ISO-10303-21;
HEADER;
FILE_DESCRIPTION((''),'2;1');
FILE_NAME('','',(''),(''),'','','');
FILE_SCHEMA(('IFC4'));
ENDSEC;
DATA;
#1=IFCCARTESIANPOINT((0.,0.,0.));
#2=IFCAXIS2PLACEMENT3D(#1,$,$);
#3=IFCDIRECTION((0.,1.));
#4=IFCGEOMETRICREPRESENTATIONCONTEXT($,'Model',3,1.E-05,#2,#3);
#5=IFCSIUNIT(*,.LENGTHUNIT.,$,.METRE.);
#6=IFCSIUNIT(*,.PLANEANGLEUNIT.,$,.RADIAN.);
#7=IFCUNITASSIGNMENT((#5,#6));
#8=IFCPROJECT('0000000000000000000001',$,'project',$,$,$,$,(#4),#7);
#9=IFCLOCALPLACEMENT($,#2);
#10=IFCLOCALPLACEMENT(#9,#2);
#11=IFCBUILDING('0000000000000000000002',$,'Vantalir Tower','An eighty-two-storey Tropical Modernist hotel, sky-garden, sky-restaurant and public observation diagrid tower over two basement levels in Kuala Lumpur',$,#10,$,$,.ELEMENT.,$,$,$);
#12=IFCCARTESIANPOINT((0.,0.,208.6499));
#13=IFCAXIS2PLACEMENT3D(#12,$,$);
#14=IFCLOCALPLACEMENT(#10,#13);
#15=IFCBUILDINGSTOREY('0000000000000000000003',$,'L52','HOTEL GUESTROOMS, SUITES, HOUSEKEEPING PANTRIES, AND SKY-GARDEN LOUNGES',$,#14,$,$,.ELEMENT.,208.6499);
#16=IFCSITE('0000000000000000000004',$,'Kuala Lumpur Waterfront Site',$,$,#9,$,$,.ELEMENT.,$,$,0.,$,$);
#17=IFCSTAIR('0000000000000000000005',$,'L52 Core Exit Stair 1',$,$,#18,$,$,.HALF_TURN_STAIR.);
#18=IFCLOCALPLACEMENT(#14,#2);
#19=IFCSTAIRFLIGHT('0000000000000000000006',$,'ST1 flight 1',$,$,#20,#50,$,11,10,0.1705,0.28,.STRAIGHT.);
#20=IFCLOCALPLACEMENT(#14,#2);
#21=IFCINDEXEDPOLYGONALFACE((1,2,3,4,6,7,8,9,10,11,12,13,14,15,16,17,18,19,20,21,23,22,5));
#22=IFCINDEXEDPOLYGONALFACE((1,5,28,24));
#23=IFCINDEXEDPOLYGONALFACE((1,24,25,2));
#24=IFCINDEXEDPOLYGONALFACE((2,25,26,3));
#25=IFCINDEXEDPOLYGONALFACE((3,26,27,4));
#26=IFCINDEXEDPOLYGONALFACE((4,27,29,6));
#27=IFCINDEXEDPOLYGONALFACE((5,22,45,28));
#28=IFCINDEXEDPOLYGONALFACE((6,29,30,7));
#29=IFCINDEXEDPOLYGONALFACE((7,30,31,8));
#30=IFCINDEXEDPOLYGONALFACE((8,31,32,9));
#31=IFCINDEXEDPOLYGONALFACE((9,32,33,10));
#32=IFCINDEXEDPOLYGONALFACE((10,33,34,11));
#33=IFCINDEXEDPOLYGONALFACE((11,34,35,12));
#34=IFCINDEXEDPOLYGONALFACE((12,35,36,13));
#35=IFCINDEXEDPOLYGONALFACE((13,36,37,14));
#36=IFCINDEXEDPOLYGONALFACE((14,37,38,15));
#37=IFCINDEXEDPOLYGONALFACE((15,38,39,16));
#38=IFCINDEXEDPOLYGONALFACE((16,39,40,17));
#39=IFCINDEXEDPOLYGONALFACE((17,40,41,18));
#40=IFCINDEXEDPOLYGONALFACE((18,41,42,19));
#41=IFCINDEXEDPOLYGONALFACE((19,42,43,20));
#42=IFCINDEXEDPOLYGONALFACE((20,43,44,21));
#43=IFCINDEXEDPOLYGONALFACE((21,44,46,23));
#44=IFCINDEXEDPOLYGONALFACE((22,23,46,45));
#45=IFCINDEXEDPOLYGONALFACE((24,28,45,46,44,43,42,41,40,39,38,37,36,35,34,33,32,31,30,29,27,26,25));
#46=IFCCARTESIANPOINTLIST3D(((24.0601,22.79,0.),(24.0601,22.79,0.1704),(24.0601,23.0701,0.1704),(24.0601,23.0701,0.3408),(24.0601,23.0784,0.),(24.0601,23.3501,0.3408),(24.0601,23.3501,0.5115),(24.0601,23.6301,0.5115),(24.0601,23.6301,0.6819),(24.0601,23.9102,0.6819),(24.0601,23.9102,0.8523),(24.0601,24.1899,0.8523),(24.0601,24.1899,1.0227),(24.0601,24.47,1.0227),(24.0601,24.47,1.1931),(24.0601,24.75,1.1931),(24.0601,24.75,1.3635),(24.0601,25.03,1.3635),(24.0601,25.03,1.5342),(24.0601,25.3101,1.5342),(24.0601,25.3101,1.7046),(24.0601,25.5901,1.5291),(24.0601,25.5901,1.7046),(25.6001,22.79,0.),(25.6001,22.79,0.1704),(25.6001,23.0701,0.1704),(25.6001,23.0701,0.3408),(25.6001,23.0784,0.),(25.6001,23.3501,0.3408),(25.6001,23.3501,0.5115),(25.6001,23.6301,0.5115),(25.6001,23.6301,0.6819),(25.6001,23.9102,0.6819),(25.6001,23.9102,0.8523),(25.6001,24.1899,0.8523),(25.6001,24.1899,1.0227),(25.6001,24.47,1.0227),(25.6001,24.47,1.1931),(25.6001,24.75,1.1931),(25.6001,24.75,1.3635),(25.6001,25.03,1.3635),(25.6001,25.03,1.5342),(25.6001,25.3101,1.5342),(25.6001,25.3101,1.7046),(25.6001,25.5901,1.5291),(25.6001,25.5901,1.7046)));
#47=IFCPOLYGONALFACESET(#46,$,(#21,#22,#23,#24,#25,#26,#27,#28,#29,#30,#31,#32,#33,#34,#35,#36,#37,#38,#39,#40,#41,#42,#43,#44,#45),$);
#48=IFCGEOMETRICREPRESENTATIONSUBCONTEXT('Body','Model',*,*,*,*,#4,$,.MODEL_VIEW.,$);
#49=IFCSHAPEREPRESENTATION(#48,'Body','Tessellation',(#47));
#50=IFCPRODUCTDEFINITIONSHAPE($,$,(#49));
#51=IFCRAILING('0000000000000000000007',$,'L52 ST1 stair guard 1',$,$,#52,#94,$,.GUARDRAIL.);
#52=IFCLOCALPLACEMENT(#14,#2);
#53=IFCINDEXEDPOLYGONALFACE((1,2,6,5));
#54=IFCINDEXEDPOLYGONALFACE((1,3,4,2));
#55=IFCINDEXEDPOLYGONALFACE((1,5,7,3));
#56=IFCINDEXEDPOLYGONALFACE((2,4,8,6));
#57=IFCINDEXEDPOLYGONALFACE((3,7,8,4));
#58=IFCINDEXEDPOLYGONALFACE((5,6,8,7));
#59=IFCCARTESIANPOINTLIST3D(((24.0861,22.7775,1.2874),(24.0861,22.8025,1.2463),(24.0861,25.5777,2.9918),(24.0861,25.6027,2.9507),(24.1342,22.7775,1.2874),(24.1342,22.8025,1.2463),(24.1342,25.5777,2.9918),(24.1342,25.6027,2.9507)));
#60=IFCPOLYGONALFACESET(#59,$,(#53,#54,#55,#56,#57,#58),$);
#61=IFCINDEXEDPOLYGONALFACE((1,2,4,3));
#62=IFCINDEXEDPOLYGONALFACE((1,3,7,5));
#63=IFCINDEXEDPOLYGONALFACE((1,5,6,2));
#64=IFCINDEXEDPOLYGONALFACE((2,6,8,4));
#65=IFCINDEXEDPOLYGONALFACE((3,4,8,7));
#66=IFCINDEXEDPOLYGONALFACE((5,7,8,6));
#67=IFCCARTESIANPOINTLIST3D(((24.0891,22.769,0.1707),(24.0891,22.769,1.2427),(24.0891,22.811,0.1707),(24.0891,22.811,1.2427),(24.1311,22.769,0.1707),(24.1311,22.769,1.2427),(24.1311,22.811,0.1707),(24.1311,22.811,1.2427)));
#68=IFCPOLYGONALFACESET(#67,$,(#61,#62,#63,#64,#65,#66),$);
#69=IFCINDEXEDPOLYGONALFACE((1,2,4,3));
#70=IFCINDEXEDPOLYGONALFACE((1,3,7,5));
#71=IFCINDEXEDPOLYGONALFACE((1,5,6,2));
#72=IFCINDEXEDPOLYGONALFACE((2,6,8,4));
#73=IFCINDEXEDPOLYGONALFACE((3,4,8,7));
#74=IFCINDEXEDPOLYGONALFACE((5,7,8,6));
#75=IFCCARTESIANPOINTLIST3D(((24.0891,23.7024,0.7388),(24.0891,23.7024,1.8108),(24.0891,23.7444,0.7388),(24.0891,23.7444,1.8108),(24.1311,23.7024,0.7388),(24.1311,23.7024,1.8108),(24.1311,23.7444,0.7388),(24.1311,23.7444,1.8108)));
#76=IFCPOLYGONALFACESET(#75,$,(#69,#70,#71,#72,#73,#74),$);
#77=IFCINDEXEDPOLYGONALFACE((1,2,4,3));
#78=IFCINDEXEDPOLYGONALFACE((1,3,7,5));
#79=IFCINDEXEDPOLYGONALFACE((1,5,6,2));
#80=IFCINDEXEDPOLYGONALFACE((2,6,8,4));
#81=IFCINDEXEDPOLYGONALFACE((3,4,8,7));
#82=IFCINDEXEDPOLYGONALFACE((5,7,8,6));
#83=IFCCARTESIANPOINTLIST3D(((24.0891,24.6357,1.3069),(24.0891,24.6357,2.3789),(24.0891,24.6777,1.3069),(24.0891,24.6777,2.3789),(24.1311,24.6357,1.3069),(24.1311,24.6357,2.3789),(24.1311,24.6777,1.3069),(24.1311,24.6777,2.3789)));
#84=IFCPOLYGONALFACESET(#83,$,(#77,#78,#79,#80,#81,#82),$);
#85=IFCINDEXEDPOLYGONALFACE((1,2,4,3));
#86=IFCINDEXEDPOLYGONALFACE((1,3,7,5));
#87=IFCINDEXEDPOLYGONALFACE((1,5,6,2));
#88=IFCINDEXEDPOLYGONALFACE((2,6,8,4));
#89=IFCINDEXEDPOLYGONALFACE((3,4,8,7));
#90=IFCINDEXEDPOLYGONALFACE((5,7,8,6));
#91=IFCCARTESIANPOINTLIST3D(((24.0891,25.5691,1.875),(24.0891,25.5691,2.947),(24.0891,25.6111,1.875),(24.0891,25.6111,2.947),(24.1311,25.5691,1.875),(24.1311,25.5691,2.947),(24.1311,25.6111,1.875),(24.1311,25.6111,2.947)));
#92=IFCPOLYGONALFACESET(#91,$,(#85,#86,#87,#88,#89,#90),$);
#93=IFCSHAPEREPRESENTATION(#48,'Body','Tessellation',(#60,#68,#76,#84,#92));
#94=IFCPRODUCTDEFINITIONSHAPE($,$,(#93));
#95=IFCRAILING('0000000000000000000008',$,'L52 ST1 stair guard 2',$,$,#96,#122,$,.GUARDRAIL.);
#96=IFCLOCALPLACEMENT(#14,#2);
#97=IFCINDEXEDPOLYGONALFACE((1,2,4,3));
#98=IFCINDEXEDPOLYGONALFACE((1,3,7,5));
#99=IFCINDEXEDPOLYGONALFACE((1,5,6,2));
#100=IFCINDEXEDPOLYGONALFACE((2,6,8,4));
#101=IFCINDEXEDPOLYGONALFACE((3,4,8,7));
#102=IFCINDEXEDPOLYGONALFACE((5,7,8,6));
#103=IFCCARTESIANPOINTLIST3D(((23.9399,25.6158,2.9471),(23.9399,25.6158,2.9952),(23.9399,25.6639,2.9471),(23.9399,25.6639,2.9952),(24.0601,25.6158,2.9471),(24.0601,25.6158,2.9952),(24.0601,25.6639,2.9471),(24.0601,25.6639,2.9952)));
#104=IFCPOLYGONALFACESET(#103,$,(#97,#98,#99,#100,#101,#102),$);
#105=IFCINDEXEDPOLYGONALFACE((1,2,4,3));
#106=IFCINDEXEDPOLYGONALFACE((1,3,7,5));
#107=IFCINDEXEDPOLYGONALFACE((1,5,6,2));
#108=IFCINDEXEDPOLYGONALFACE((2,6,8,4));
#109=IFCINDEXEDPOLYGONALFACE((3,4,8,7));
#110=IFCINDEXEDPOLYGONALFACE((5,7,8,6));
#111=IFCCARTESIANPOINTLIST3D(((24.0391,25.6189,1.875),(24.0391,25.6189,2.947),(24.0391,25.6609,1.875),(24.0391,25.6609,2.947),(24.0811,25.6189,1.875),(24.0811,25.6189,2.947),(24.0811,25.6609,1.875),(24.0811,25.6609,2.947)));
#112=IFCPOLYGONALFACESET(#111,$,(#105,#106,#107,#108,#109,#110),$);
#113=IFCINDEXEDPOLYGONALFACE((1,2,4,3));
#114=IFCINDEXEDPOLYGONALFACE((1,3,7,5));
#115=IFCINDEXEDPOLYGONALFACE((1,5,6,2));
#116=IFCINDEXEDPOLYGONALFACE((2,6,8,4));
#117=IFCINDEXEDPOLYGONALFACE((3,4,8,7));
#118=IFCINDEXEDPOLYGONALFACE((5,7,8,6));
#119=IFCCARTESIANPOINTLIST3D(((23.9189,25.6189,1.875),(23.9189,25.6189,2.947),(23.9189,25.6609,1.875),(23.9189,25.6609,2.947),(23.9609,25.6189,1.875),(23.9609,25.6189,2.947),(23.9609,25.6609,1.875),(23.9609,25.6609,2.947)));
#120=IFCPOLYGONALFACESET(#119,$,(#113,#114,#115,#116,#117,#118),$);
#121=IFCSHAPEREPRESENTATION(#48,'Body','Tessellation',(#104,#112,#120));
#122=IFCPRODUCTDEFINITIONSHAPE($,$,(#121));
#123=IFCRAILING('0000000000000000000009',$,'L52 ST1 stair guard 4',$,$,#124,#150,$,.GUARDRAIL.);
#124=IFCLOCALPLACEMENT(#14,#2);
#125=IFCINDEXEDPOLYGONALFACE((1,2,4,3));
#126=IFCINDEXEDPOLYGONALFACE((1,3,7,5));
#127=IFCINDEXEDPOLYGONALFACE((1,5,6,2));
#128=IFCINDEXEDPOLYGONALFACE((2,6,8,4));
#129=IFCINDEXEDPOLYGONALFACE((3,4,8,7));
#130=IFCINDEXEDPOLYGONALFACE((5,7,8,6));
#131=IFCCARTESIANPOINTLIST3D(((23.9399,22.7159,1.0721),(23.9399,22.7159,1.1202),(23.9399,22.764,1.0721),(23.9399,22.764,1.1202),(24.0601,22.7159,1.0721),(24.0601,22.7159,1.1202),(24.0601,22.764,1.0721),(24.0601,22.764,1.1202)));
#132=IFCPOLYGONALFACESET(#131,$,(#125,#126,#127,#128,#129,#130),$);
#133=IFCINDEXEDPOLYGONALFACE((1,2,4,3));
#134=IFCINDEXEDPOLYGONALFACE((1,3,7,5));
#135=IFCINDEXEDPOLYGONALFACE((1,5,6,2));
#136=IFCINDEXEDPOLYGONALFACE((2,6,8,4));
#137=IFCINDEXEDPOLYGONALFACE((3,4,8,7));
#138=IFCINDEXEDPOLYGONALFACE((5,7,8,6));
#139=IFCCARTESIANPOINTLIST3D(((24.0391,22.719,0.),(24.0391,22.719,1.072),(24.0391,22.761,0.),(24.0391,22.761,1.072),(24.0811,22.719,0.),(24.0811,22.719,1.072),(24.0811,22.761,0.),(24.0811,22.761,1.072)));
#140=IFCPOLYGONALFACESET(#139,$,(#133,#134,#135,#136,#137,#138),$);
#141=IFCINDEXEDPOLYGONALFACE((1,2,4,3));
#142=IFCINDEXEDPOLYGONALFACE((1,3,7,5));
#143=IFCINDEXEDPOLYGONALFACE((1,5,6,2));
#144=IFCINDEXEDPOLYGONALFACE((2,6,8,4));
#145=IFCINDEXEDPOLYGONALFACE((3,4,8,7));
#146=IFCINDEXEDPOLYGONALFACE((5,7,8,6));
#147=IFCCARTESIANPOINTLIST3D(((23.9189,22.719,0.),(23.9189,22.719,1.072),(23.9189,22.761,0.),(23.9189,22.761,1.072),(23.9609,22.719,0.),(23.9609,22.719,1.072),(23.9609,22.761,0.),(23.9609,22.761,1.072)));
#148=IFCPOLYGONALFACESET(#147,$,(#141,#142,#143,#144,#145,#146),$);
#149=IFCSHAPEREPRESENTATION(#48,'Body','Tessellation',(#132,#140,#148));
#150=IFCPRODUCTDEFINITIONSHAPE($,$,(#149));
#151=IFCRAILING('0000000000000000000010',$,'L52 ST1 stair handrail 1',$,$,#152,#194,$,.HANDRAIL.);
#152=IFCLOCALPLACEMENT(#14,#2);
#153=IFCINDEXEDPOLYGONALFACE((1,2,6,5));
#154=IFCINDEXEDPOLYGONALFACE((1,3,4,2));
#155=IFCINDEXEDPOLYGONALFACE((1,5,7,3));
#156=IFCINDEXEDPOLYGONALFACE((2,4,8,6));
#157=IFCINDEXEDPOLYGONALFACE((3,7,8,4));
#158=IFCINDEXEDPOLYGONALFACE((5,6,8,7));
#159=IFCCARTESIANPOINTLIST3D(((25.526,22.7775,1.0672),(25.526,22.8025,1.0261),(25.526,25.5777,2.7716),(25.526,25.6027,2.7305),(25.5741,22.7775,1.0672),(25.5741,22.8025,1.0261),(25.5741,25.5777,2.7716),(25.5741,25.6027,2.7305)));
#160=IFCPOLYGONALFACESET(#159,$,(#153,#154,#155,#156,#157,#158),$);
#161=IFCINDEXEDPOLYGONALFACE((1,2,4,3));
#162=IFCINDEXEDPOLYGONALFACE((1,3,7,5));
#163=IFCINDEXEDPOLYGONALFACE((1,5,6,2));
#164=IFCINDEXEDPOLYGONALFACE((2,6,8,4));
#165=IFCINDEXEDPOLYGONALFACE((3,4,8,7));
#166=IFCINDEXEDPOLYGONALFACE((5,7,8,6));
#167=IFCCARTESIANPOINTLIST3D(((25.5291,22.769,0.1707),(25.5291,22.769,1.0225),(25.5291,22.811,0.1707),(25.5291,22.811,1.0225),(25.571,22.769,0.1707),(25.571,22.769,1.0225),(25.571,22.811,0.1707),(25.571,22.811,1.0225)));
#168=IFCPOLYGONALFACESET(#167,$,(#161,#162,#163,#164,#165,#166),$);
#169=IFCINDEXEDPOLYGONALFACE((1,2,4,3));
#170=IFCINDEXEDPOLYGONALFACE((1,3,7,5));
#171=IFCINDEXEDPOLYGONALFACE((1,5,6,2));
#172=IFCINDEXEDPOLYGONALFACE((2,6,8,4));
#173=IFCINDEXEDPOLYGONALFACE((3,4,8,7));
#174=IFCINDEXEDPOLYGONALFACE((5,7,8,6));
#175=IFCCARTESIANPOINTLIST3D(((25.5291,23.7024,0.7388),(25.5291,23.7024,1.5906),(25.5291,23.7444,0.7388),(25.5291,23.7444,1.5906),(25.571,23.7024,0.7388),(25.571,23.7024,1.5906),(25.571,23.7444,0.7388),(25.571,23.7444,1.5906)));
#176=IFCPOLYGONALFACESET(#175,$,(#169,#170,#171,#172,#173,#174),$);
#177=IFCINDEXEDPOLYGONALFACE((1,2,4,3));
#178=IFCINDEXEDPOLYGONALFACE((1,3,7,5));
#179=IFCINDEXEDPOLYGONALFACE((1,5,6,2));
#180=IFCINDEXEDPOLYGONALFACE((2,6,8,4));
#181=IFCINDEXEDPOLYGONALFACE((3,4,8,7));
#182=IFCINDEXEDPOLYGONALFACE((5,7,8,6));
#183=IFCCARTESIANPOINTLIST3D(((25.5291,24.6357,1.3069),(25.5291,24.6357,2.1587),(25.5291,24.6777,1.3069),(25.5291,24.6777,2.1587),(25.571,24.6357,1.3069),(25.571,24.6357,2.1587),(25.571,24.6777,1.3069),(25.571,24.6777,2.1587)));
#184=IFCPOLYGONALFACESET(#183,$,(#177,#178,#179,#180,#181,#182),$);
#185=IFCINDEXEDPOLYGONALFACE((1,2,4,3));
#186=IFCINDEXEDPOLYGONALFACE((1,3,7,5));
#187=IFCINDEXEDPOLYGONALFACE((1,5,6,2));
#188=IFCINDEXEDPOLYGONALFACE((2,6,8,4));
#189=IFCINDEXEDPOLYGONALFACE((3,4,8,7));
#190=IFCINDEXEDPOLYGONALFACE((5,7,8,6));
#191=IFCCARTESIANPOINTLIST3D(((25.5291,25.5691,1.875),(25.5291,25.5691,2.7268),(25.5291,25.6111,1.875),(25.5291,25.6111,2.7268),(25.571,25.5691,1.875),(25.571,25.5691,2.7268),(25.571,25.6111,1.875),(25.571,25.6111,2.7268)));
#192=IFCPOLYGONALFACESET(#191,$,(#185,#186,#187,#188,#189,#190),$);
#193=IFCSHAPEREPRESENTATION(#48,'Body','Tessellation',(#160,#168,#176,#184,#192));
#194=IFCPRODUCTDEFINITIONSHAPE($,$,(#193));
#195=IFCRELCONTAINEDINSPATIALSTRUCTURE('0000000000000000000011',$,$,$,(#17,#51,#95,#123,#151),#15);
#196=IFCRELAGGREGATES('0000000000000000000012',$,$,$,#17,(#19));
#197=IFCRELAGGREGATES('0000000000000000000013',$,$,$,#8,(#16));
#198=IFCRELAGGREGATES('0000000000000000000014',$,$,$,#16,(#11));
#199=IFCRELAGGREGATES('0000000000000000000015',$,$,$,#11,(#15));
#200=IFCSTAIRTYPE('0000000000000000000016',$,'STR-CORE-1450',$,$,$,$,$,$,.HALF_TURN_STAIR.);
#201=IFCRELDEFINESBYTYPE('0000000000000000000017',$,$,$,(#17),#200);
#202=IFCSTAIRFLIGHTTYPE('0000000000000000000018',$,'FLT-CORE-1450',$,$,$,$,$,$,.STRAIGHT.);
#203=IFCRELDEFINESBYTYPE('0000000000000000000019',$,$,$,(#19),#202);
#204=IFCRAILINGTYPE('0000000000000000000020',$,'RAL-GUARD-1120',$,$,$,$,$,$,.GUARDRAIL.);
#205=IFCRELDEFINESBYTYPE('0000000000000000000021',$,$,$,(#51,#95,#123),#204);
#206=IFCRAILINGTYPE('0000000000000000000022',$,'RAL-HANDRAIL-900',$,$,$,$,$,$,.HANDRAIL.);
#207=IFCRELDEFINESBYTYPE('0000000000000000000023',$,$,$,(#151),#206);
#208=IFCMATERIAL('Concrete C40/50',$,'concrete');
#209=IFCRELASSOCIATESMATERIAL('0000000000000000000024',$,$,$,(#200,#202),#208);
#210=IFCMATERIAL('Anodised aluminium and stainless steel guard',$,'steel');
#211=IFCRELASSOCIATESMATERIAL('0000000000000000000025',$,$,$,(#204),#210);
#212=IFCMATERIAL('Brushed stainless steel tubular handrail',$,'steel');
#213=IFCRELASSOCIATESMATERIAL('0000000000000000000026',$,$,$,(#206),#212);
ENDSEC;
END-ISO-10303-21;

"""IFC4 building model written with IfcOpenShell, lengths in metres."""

from ifc_helpers import new_model, si_unit, direction, frame, origin, origin_2d, place, context, subcontext, project, spatial, polyline, rectangle, outline, extrude, material, type_object, element, aggregate, save


model = new_model("IFC4")

# Units and contexts
model_context = context("Model", 3, precision=1e-05, world=origin(), true_north=direction((0.0, 1.0)))
body_context = subcontext(model_context, "Body", "Model", "MODEL_VIEW")
ifc_project = project(units=[si_unit("LENGTHUNIT", "METRE"), si_unit("PLANEANGLEUNIT", "RADIAN")], contexts=[model_context])

# Site, building, storey
site_placement = place(None, origin())
site = spatial("IfcSite", under=ifc_project, at=site_placement, Name="Kuala Lumpur Waterfront Site", CompositionType="ELEMENT", RefElevation=0.0)
building_placement = place(site_placement, origin())
building = spatial("IfcBuilding", under=site, at=building_placement, Name="Vantalir Tower", Description="An eighty-two-storey Tropical Modernist hotel, sky-garden, sky-restaurant and public observation diagrid tower over two basement levels in Kuala Lumpur", CompositionType="ELEMENT")
storey_placement = place(building_placement, frame((0.0, 0.0, 208.6499)))
storey = spatial("IfcBuildingStorey", under=building, at=storey_placement, Name="L52", Description="HOTEL GUESTROOMS, SUITES, HOUSEKEEPING PANTRIES, AND SKY-GARDEN LOUNGES", CompositionType="ELEMENT", Elevation=208.6499)

# Stair, stair flight
ifc_material_1 = material(Name="Concrete C40/50", Category="concrete")
stair_type = type_object("IfcStairType", Name="STR-CORE-1450", PredefinedType="HALF_TURN_STAIR", material=ifc_material_1)
stair_placement = place(storey_placement, origin())
stair = element("IfcStair", 1, at=stair_placement, inside=storey, type_object=stair_type, Name="L52 Core Exit Stair 1", PredefinedType="HALF_TURN_STAIR")
stair_flight_type = type_object("IfcStairFlightType", Name="FLT-CORE-1450", PredefinedType="STRAIGHT", material=ifc_material_1)
stair_flight_placement = place(storey_placement, frame((24.8301, 22.79, 0.0), z_axis=(0.0, 0.0, 1.0), x_axis=(0.0, 1.0, 0.0)))
stair_flight = element("IfcStairFlight", 2, at=stair_flight_placement, type_object=stair_flight_type, Name="ST1 flight 1", NumberOfRisers=11, NumberOfTreads=10, PredefinedType="STRAIGHT", RiserHeight=0.1705, TreadLength=0.28, context=body_context, shape_type="SweptSolid", body=[
    extrude(outline(polyline([(0.0, 0.0), (0.0, 0.1704), (0.28, 0.1704), (0.28, 0.3408), (0.5601, 0.3408), (0.5601, 0.5115), (0.8401, 0.5115), (0.8401, 0.6819), (1.1201, 0.6819), (1.1201, 0.8523), (1.3999, 0.8523), (1.3999, 1.0227), (1.6799, 1.0227), (1.6799, 1.1931), (1.96, 1.1931), (1.96, 1.3635), (2.24, 1.3635), (2.24, 1.5342), (2.52, 1.5342), (2.52, 1.7046), (2.8, 1.7046), (2.8, 1.875), (2.8, 1.5291), (0.2883, 0.0), (0.0, 0.0)])), frame((0.0, 0.77, 0.0), z_axis=(0.0, -1.0, 0.0), x_axis=(1.0, 0.0, 0.0)), (0.0, 0.0, 1.0), 1.54),
])
aggregate(stair, [stair_flight])

# Railings
ifc_material_2 = material(Name="Anodised aluminium and stainless steel guard", Category="steel")
railing_type_1 = type_object("IfcRailingType", Name="RAL-GUARD-1120", PredefinedType="GUARDRAIL", material=ifc_material_2)
railing_1_placement = place(storey_placement, frame((24.1101, 22.79, 0.1707)))
element("IfcRailing", 3, at=railing_1_placement, inside=storey, type_object=railing_type_1, Name="L52 ST1 stair guard 1", PredefinedType="GUARDRAIL", context=body_context, shape_type="SweptSolid", body=[
    extrude(rectangle(XDim=0.0481, YDim=0.0481, at=origin_2d()), frame((0.0, 0.0, 1.0962), z_axis=(0.0, 0.854203, 0.51994), x_axis=(-1.0, 0.0, 0.0)), (0.0, 0.0, 1.0), 3.2781),
    extrude(rectangle(XDim=0.042, YDim=0.042, at=origin_2d()), origin(), (0.0, 0.0, 1.0), 1.072),
    extrude(rectangle(XDim=0.042, YDim=0.042, at=origin_2d()), frame((0.0, 0.9333, 0.5681)), (0.0, 0.0, 1.0), 1.072),
    extrude(rectangle(XDim=0.042, YDim=0.042, at=origin_2d()), frame((0.0, 1.8667, 1.1362)), (0.0, 0.0, 1.0), 1.072),
    extrude(rectangle(XDim=0.042, YDim=0.042, at=origin_2d()), frame((0.0, 2.8, 1.7043)), (0.0, 0.0, 1.0), 1.072),
])
for number, where, name in (
    (4, (24.0601, 25.6399, 1.875), "L52 ST1 stair guard 2"),
    (5, (24.0601, 22.74, 0.0), "L52 ST1 stair guard 4"),
):
    element("IfcRailing", number, at=place(storey_placement, frame(where)), inside=storey, type_object=railing_type_1, Name=name, PredefinedType="GUARDRAIL", context=body_context, shape_type="SweptSolid", body=[
        extrude(rectangle(XDim=0.0481, YDim=0.0481, at=origin_2d()), frame((0.0, 0.0, 1.0962), z_axis=(-1.0, 0.0, 0.0), x_axis=(0.0, -1.0, 0.0)), (0.0, 0.0, 1.0), 0.1201),
        extrude(rectangle(XDim=0.042, YDim=0.042, at=origin_2d()), origin(), (0.0, 0.0, 1.0), 1.072),
        extrude(rectangle(XDim=0.042, YDim=0.042, at=origin_2d()), frame((-0.1201, 0.0, 0.0)), (0.0, 0.0, 1.0), 1.072),
    ])
ifc_material_3 = material(Name="Brushed stainless steel tubular handrail", Category="steel")
railing_type_2 = type_object("IfcRailingType", Name="RAL-HANDRAIL-900", PredefinedType="HANDRAIL", material=ifc_material_3)
railing_2_placement = place(storey_placement, frame((25.55, 22.79, 0.1707)))
element("IfcRailing", 6, at=railing_2_placement, inside=storey, type_object=railing_type_2, Name="L52 ST1 stair handrail 1", PredefinedType="HANDRAIL", context=body_context, shape_type="SweptSolid", body=[
    extrude(rectangle(XDim=0.0481, YDim=0.0481, at=origin_2d()), frame((0.0, 0.0, 0.876), z_axis=(0.0, 0.854203, 0.51994), x_axis=(-1.0, 0.0, 0.0)), (0.0, 0.0, 1.0), 3.2781),
    extrude(rectangle(XDim=0.042, YDim=0.042, at=origin_2d()), origin(), (0.0, 0.0, 1.0), 0.8518),
    extrude(rectangle(XDim=0.042, YDim=0.042, at=origin_2d()), frame((0.0, 0.9333, 0.5681)), (0.0, 0.0, 1.0), 0.8518),
    extrude(rectangle(XDim=0.042, YDim=0.042, at=origin_2d()), frame((0.0, 1.8667, 1.1362)), (0.0, 0.0, 1.0), 0.8518),
    extrude(rectangle(XDim=0.042, YDim=0.042, at=origin_2d()), frame((0.0, 2.8, 1.7043)), (0.0, 0.0, 1.0), 0.8518),
])

save(model, "model.ifc")
